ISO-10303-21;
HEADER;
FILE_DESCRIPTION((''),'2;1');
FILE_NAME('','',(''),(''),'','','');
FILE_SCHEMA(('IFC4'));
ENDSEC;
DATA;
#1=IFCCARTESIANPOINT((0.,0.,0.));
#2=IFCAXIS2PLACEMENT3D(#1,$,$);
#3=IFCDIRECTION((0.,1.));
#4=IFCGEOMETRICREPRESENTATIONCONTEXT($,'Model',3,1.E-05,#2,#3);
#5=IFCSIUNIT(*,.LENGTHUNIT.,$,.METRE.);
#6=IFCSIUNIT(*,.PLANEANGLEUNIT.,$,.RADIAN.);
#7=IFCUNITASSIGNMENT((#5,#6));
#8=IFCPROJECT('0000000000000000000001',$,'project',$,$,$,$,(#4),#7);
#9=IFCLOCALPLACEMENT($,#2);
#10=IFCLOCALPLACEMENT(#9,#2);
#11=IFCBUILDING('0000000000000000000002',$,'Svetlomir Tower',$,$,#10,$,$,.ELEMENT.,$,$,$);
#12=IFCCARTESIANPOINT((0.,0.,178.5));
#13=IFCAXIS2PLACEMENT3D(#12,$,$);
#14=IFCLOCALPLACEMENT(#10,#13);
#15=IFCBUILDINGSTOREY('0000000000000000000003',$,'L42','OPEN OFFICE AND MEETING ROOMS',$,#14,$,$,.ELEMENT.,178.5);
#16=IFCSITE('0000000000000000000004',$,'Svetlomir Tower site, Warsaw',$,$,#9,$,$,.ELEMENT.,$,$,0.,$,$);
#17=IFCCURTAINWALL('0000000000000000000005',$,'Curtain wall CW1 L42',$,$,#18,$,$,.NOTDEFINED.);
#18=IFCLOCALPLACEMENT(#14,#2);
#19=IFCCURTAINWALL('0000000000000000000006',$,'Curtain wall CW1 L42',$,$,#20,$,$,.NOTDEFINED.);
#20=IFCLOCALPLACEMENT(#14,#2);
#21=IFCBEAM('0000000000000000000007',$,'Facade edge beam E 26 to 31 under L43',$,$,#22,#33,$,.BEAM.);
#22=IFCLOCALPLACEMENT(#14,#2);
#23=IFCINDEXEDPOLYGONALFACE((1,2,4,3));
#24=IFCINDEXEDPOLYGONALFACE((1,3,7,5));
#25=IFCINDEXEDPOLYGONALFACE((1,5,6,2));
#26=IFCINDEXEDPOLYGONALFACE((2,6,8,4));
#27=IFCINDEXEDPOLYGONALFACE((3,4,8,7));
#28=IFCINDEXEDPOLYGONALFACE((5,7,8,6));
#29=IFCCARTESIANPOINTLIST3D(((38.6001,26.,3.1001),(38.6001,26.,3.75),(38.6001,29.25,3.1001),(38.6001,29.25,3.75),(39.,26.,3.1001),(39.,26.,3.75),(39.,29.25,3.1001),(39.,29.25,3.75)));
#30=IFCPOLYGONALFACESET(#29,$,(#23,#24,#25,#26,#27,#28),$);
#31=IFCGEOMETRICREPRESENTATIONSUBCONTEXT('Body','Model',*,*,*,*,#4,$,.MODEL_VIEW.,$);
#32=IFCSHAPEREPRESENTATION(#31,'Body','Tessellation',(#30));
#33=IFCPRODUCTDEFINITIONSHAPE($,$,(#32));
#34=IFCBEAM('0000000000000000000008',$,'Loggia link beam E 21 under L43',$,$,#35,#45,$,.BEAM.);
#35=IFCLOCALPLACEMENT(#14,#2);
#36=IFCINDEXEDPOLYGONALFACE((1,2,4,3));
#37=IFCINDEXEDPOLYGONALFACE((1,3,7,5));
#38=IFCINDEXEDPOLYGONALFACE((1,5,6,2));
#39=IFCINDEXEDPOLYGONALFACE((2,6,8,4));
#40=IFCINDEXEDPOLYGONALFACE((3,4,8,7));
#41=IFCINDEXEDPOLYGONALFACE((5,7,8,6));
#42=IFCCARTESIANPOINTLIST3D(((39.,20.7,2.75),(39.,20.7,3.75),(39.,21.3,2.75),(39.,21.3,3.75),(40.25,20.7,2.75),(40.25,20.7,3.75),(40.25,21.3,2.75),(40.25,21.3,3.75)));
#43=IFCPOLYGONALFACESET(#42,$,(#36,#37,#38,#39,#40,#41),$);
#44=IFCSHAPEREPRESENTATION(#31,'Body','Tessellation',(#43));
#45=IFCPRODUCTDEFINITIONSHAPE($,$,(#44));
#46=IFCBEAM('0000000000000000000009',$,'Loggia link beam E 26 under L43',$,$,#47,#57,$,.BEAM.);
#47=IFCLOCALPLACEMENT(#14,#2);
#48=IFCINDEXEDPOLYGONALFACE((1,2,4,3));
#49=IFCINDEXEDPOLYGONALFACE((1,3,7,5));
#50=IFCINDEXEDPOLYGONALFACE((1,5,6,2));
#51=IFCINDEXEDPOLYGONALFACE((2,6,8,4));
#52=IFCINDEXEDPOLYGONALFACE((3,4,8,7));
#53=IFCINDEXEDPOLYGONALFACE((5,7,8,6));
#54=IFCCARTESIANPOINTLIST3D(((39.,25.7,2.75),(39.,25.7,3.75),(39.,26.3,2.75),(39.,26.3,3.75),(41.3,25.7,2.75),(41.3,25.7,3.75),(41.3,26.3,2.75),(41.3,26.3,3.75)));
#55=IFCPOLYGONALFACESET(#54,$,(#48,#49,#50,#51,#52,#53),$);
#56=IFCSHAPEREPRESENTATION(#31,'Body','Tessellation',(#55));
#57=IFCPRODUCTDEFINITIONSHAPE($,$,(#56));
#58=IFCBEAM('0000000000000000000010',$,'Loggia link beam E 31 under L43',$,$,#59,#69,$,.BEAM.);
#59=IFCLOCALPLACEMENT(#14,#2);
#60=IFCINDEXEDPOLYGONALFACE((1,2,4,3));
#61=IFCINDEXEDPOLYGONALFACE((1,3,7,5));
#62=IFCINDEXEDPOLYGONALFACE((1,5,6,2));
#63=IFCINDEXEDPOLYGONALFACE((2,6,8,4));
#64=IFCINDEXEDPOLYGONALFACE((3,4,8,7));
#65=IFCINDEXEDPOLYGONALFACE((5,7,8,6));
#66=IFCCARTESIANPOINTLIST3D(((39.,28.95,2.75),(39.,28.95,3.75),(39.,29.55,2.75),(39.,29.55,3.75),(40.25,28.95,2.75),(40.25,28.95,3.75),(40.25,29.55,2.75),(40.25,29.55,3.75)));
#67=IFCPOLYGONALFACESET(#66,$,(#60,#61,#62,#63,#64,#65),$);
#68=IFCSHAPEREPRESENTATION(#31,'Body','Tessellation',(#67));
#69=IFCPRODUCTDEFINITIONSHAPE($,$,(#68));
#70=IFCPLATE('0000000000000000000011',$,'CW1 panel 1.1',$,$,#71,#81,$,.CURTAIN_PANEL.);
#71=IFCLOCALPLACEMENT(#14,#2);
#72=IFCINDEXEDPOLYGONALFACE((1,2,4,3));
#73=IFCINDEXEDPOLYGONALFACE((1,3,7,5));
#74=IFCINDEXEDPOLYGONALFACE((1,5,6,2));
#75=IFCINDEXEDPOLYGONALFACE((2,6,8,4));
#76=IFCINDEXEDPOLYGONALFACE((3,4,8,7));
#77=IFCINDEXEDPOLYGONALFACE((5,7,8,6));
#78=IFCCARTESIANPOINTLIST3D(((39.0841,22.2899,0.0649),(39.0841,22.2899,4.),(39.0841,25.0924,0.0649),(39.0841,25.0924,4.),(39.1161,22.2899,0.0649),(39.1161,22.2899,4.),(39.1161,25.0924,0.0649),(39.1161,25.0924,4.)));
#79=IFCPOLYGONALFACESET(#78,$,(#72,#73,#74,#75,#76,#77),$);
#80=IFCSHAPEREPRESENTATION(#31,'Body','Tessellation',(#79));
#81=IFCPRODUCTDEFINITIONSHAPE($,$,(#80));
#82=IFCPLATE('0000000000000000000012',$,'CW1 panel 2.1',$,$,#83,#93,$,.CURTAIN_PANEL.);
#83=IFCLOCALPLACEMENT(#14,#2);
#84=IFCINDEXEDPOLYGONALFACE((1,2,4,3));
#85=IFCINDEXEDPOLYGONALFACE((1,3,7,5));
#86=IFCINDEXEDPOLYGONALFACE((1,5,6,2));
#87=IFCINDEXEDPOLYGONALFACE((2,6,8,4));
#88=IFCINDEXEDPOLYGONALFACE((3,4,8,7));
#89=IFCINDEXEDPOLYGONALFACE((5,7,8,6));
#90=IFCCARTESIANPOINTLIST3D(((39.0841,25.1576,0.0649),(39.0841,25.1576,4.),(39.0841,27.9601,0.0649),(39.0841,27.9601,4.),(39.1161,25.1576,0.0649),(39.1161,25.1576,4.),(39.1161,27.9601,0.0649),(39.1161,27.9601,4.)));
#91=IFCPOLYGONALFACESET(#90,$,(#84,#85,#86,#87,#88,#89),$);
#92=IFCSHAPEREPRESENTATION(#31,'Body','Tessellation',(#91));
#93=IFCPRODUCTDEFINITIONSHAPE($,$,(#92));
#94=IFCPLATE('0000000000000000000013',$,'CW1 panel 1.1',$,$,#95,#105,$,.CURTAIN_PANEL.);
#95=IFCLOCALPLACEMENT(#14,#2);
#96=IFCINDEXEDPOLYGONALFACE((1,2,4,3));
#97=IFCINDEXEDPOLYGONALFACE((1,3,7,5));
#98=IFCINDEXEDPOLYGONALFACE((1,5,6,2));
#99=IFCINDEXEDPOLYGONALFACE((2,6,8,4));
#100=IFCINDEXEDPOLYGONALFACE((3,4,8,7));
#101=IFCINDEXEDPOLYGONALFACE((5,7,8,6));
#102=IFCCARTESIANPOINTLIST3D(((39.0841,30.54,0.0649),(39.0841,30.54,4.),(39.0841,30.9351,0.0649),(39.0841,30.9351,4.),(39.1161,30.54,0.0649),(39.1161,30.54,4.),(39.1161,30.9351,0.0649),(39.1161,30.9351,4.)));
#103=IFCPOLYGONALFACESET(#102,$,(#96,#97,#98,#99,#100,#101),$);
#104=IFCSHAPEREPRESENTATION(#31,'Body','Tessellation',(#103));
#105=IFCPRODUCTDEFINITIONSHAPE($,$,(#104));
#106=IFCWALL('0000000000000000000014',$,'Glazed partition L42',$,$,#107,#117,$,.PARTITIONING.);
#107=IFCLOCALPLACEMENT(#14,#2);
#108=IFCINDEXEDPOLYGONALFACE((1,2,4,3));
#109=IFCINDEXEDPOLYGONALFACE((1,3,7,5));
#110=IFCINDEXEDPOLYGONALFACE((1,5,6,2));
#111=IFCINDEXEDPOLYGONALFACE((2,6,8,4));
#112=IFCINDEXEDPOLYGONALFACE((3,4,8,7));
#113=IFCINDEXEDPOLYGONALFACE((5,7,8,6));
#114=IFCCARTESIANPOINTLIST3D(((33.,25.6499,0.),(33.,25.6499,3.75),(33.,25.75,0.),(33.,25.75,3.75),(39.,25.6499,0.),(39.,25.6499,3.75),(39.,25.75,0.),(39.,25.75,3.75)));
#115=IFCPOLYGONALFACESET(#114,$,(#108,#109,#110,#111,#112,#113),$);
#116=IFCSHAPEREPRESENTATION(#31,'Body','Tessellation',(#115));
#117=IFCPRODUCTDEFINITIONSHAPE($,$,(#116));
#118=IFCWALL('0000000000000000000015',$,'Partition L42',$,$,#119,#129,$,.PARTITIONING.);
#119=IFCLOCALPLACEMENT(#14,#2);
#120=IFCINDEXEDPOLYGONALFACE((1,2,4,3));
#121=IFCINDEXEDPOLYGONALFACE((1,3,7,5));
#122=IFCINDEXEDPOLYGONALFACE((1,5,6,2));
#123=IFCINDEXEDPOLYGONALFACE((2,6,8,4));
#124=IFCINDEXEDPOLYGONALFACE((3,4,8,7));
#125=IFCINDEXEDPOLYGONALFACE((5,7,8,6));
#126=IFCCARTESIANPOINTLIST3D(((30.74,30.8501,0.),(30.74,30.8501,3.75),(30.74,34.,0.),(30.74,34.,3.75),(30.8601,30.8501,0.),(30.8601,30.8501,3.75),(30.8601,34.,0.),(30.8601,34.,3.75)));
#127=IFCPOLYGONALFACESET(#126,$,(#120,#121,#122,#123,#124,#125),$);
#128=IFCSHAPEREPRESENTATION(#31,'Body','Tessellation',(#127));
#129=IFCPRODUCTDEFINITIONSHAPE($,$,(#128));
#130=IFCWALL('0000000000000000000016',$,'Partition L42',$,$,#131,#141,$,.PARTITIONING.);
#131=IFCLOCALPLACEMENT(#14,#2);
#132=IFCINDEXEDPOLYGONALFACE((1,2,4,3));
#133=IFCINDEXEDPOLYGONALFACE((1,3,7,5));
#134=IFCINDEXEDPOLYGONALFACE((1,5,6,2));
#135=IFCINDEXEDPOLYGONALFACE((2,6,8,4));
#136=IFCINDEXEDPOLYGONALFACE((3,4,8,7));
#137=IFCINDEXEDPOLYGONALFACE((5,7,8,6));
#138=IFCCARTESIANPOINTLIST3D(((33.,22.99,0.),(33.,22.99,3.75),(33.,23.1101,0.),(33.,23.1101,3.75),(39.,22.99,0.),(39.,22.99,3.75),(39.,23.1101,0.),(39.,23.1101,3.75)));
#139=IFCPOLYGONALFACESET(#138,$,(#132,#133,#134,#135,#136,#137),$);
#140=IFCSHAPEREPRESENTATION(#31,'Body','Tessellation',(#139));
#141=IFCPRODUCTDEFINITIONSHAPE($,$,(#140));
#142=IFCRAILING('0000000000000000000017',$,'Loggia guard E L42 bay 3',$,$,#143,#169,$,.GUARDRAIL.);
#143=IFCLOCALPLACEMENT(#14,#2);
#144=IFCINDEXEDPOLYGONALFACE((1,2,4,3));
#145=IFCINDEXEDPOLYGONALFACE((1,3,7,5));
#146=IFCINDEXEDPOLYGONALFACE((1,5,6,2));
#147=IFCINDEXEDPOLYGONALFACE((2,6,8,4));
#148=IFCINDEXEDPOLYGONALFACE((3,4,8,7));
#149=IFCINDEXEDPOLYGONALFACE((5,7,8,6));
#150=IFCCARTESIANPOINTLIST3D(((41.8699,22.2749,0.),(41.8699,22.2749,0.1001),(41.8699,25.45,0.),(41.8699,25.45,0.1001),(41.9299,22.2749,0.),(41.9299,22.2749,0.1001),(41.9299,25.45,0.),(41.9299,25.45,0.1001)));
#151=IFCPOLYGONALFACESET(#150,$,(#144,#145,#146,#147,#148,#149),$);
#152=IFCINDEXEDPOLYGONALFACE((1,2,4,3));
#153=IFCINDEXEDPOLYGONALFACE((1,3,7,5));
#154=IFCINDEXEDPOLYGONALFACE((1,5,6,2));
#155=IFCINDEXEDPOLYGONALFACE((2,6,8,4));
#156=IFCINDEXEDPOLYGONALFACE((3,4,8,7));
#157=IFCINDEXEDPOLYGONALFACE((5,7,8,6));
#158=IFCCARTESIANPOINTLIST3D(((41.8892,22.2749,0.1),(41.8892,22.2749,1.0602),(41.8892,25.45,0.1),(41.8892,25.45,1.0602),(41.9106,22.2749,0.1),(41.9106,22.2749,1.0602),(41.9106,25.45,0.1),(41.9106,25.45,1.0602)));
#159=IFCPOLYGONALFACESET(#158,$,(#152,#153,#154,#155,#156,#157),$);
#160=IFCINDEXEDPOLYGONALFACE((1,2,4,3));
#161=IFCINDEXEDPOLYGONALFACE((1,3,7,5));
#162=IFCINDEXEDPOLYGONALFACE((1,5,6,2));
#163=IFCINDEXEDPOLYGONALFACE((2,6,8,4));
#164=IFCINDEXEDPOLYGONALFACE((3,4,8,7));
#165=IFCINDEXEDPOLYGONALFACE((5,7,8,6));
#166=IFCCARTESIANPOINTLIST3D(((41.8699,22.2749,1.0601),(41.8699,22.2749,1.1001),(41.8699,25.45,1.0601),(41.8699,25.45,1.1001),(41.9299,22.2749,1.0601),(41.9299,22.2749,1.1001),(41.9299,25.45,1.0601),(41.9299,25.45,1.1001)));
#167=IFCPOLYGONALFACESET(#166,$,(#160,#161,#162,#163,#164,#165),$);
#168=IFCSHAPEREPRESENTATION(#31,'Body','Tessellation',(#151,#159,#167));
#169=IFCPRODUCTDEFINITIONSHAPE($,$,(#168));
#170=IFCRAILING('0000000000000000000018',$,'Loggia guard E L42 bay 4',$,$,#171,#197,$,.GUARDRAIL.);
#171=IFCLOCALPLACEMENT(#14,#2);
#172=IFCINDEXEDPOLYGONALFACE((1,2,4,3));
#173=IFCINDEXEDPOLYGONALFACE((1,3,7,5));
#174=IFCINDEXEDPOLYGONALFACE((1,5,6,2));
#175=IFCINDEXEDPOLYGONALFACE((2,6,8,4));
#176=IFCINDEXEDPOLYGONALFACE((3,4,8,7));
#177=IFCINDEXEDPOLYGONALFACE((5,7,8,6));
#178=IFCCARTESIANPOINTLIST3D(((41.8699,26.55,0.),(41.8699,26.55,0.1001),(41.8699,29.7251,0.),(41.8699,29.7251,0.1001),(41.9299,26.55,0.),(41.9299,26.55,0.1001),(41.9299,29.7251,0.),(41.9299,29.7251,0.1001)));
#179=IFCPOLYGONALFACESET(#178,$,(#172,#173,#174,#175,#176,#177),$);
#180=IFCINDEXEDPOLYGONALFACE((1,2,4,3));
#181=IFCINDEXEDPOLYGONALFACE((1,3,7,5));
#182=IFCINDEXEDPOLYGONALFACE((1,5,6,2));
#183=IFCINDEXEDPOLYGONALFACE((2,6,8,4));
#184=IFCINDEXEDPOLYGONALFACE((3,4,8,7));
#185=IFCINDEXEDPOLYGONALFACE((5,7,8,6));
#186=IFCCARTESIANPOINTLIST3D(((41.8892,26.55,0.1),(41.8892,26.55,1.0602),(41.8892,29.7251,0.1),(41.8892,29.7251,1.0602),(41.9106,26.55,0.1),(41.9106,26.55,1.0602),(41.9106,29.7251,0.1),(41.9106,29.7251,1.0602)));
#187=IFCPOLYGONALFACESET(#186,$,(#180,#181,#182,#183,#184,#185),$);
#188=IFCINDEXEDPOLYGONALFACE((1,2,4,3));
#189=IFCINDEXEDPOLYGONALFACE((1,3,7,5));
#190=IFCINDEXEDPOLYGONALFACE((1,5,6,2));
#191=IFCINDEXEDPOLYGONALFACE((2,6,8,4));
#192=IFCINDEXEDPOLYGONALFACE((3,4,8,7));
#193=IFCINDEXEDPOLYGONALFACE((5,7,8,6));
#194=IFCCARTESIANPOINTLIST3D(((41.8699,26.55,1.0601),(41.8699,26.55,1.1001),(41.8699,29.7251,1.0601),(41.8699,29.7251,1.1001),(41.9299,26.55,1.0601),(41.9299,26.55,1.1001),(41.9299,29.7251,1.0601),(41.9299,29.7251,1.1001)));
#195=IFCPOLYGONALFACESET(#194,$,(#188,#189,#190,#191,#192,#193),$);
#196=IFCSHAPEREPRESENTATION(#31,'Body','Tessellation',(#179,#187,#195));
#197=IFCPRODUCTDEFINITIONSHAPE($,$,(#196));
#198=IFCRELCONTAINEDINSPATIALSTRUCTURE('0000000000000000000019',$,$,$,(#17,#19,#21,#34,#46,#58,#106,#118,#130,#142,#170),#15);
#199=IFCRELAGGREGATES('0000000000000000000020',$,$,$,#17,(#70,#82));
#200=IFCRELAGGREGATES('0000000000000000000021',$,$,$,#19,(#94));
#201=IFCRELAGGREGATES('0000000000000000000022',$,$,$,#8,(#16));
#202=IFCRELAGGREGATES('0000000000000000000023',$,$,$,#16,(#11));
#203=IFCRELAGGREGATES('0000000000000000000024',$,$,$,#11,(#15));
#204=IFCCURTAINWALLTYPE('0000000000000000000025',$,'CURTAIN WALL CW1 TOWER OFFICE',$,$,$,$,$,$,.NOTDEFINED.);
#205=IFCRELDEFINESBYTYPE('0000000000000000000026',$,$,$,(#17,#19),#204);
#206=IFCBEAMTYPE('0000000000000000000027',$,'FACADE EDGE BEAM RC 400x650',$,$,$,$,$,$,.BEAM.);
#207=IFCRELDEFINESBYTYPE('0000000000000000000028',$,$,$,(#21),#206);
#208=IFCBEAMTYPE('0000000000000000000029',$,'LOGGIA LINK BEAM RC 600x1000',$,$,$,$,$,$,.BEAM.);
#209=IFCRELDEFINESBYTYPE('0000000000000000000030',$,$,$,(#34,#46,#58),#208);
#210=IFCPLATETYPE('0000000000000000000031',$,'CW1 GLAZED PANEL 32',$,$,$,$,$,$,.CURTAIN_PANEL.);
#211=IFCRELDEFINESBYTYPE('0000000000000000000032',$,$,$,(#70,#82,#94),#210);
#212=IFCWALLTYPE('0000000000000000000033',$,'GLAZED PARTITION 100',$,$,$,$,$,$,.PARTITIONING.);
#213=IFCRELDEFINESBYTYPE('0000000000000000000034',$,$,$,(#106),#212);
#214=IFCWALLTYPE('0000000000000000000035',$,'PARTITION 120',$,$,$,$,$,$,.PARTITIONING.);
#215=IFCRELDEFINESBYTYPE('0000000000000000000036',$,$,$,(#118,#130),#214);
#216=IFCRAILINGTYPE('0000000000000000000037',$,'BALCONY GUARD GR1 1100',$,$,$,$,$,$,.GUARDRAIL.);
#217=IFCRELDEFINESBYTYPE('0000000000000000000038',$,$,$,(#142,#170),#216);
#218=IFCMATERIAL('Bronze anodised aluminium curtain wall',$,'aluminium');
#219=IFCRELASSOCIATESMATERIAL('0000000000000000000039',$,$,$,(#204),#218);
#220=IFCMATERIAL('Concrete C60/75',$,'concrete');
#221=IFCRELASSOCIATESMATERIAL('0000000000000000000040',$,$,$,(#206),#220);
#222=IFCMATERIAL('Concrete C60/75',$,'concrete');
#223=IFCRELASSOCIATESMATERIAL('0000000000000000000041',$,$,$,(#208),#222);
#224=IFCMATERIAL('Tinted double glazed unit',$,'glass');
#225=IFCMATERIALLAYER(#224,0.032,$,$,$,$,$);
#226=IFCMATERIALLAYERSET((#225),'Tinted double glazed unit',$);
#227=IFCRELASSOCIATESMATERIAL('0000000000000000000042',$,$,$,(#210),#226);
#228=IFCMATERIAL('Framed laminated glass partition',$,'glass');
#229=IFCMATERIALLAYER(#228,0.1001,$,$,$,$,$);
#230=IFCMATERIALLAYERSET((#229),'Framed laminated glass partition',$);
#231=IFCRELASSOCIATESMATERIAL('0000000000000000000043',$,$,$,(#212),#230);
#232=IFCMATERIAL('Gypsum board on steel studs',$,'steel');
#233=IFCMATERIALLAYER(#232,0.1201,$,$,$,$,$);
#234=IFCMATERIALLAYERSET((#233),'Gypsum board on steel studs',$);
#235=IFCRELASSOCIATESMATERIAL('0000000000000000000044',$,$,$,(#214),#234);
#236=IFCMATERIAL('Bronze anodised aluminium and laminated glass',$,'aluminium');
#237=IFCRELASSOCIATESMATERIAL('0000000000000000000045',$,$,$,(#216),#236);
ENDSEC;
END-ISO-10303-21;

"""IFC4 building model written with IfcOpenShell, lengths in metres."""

from ifc_helpers import new_model, si_unit, direction, frame, frame_2d, origin, origin_2d, place, context, subcontext, project, spatial, rectangle, extrude, material, layer, layer_set, material_profile, profile_set, type_object, element, aggregate, save


model = new_model("IFC4")

# Units and contexts
model_context = context("Model", 3, precision=1e-05, world=origin(), true_north=direction((0.0, 1.0)))
body_context = subcontext(model_context, "Body", "Model", "MODEL_VIEW")
ifc_project = project(units=[si_unit("LENGTHUNIT", "METRE"), si_unit("PLANEANGLEUNIT", "RADIAN")], contexts=[model_context])

# Site, building, storey
site_placement = place(None, origin())
site = spatial("IfcSite", under=ifc_project, at=site_placement, Name="Svetlomir Tower site, Warsaw", CompositionType="ELEMENT", RefElevation=0.0)
building_placement = place(site_placement, origin())
building = spatial("IfcBuilding", under=site, at=building_placement, Name="Svetlomir Tower", CompositionType="ELEMENT")
storey_placement = place(building_placement, frame((0.0, 0.0, 178.5)))
storey = spatial("IfcBuildingStorey", under=building, at=storey_placement, Name="L42", Description="OPEN OFFICE AND MEETING ROOMS", CompositionType="ELEMENT", Elevation=178.5)

# Curtain walls
ifc_material_1 = material(Name="Bronze anodised aluminium curtain wall", Category="aluminium")
curtain_wall_type = type_object("IfcCurtainWallType", Name="CURTAIN WALL CW1 TOWER OFFICE", PredefinedType="NOTDEFINED", material=ifc_material_1)
curtain_wall_1_placement = place(storey_placement, origin())
curtain_wall_1 = element("IfcCurtainWall", 1, at=curtain_wall_1_placement, inside=storey, type_object=curtain_wall_type, Name="Curtain wall CW1 L42", PredefinedType="NOTDEFINED")
curtain_wall_2_placement = place(storey_placement, origin())
curtain_wall_2 = element("IfcCurtainWall", 2, at=curtain_wall_2_placement, inside=storey, type_object=curtain_wall_type, Name="Curtain wall CW1 L42", PredefinedType="NOTDEFINED")

# Beams
ifc_material_2 = material(Name="Concrete C60/75", Category="concrete")
ifc_material_profile_1 = material_profile(ifc_material_2, rectangle(XDim=0.3999, YDim=0.6499, at=origin_2d()), Name="RC 400x650")
ifc_profile_set_1 = profile_set([ifc_material_profile_1], Name="Concrete C60/75")
beam_type_1 = type_object("IfcBeamType", Name="FACADE EDGE BEAM RC 400x650", PredefinedType="BEAM", material=ifc_profile_set_1)
beam_1_placement = place(storey_placement, frame((38.8, 26.0, 3.425), z_axis=(0.0, 1.0, 0.0), x_axis=(-1.0, 0.0, 0.0)))
element("IfcBeam", 3, at=beam_1_placement, inside=storey, type_object=beam_type_1, Name="Facade edge beam E 26 to 31 under L43", PredefinedType="BEAM", context=body_context, shape_type="SweptSolid", body=[
    extrude(rectangle(XDim=0.3999, YDim=0.6499, at=origin_2d()), origin(), (0.0, 0.0, 1.0), 3.25),
])
ifc_material_3 = material(Name="Concrete C60/75", Category="concrete")
ifc_material_profile_2 = material_profile(ifc_material_3, rectangle(XDim=0.6001, YDim=1.0, at=origin_2d()), Name="RC 600x1000")
ifc_profile_set_2 = profile_set([ifc_material_profile_2], Name="Concrete C60/75")
beam_type_2 = type_object("IfcBeamType", Name="LOGGIA LINK BEAM RC 600x1000", PredefinedType="BEAM", material=ifc_profile_set_2)
beam_2_placement = place(storey_placement, frame((40.25, 21.0, 3.25), z_axis=(-1.0, 0.0, 0.0), x_axis=(0.0, -1.0, 0.0)))
element("IfcBeam", 4, at=beam_2_placement, inside=storey, type_object=beam_type_2, Name="Loggia link beam E 21 under L43", PredefinedType="BEAM", context=body_context, shape_type="SweptSolid", body=[
    extrude(rectangle(XDim=0.6001, YDim=1.0, at=origin_2d()), origin(), (0.0, 0.0, 1.0), 1.25),
])
beam_3_placement = place(storey_placement, frame((41.3, 26.0, 3.25), z_axis=(-1.0, 0.0, 0.0), x_axis=(0.0, -1.0, 0.0)))
element("IfcBeam", 5, at=beam_3_placement, inside=storey, type_object=beam_type_2, Name="Loggia link beam E 26 under L43", PredefinedType="BEAM", context=body_context, shape_type="SweptSolid", body=[
    extrude(rectangle(XDim=0.6001, YDim=1.0, at=origin_2d()), origin(), (0.0, 0.0, 1.0), 2.3),
])
beam_4_placement = place(storey_placement, frame((40.25, 29.25, 3.25), z_axis=(-1.0, 0.0, 0.0), x_axis=(0.0, -1.0, 0.0)))
element("IfcBeam", 6, at=beam_4_placement, inside=storey, type_object=beam_type_2, Name="Loggia link beam E 31 under L43", PredefinedType="BEAM", context=body_context, shape_type="SweptSolid", body=[
    extrude(rectangle(XDim=0.6001, YDim=1.0, at=origin_2d()), origin(), (0.0, 0.0, 1.0), 1.25),
])

# Plates
ifc_material_4 = material(Name="Tinted double glazed unit", Category="glass")
ifc_layer_1 = layer(ifc_material_4, 0.032)
ifc_layer_set_1 = layer_set([ifc_layer_1], Name="Tinted double glazed unit")
plate_type = type_object("IfcPlateType", Name="CW1 GLAZED PANEL 32", PredefinedType="CURTAIN_PANEL", material=ifc_layer_set_1)
plate_1_placement = place(storey_placement, frame((39.1001, 23.6912, 0.0649), z_axis=(0.0, 0.0, 1.0), x_axis=(0.0, 1.0, 0.0)))
plate_1 = element("IfcPlate", 7, at=plate_1_placement, type_object=plate_type, Name="CW1 panel 1.1", PredefinedType="CURTAIN_PANEL", context=body_context, shape_type="SweptSolid", body=[
    extrude(rectangle(XDim=2.8025, YDim=0.032, at=origin_2d()), origin(), (0.0, 0.0, 1.0), 3.9351),
])
plate_2_placement = place(storey_placement, frame((39.1001, 26.5588, 0.0649), z_axis=(0.0, 0.0, 1.0), x_axis=(0.0, 1.0, 0.0)))
plate_2 = element("IfcPlate", 8, at=plate_2_placement, type_object=plate_type, Name="CW1 panel 2.1", PredefinedType="CURTAIN_PANEL", context=body_context, shape_type="SweptSolid", body=[
    extrude(rectangle(XDim=2.8025, YDim=0.032, at=origin_2d()), origin(), (0.0, 0.0, 1.0), 3.9351),
])
aggregate(curtain_wall_1, [plate_1, plate_2])
plate_3_placement = place(storey_placement, frame((39.1001, 30.7375, 0.0649), z_axis=(0.0, 0.0, 1.0), x_axis=(0.0, 1.0, 0.0)))
plate_3 = element("IfcPlate", 9, at=plate_3_placement, type_object=plate_type, Name="CW1 panel 1.1", PredefinedType="CURTAIN_PANEL", context=body_context, shape_type="SweptSolid", body=[
    extrude(rectangle(XDim=0.395, YDim=0.032, at=origin_2d()), origin(), (0.0, 0.0, 1.0), 3.9351),
])
aggregate(curtain_wall_2, [plate_3])

# Shared definitions
ifc_material_5 = material(Name="Framed laminated glass partition", Category="glass")
ifc_layer_2 = layer(ifc_material_5, 0.1001)
ifc_layer_set_2 = layer_set([ifc_layer_2], Name="Framed laminated glass partition")
wall_type_1 = type_object("IfcWallType", Name="GLAZED PARTITION 100", PredefinedType="PARTITIONING", material=ifc_layer_set_2)

# Walls
wall_1_placement = place(storey_placement, frame((33.0, 25.7, 0.0), z_axis=(0.0, 0.0, 1.0), x_axis=(1.0, 0.0, 0.0)))
element("IfcWall", 10, at=wall_1_placement, inside=storey, type_object=wall_type_1, Name="Glazed partition L42", PredefinedType="PARTITIONING", context=body_context, shape_type="SweptSolid", body=[
    extrude(rectangle(XDim=6.0, YDim=0.1001, at=frame_2d((3.0, 0.0))), origin(), (0.0, 0.0, 1.0), 3.75),
])
ifc_material_6 = material(Name="Gypsum board on steel studs", Category="steel")
ifc_layer_3 = layer(ifc_material_6, 0.1201)
ifc_layer_set_3 = layer_set([ifc_layer_3], Name="Gypsum board on steel studs")
wall_type_2 = type_object("IfcWallType", Name="PARTITION 120", PredefinedType="PARTITIONING", material=ifc_layer_set_3)
wall_2_placement = place(storey_placement, frame((30.8, 30.8501, 0.0), z_axis=(0.0, 0.0, 1.0), x_axis=(0.0, 1.0, 0.0)))
element("IfcWall", 11, at=wall_2_placement, inside=storey, type_object=wall_type_2, Name="Partition L42", PredefinedType="PARTITIONING", context=body_context, shape_type="SweptSolid", body=[
    extrude(rectangle(XDim=3.1499, YDim=0.1201, at=frame_2d((1.575, 0.0))), origin(), (0.0, 0.0, 1.0), 3.75),
])
wall_3_placement = place(storey_placement, frame((33.0, 23.05, 0.0), z_axis=(0.0, 0.0, 1.0), x_axis=(1.0, 0.0, 0.0)))
element("IfcWall", 12, at=wall_3_placement, inside=storey, type_object=wall_type_2, Name="Partition L42", PredefinedType="PARTITIONING", context=body_context, shape_type="SweptSolid", body=[
    extrude(rectangle(XDim=6.0, YDim=0.1201, at=frame_2d((3.0, 0.0))), origin(), (0.0, 0.0, 1.0), 3.75),
])

# Railings
ifc_material_7 = material(Name="Bronze anodised aluminium and laminated glass", Category="aluminium")
railing_type_1 = type_object("IfcRailingType", Name="BALCONY GUARD GR1 1100", PredefinedType="GUARDRAIL", material=ifc_material_7)
for number, where, name in (
    (13, (41.8999, 22.2749, 0.0), "Loggia guard E L42 bay 3"),
    (14, (41.8999, 26.55, 0.0), "Loggia guard E L42 bay 4"),
):
    element("IfcRailing", number, at=place(storey_placement, frame(where)), inside=storey, type_object=railing_type_1, Name=name, PredefinedType="GUARDRAIL", context=body_context, shape_type="SweptSolid", body=[
        extrude(rectangle(XDim=0.0601, YDim=0.1001, at=origin_2d()), frame((0.0, 0.0, 0.05), z_axis=(0.0, 1.0, 0.0), x_axis=(-1.0, 0.0, 0.0)), (0.0, 0.0, 1.0), 3.175),
        extrude(rectangle(XDim=0.0215, YDim=0.9602, at=origin_2d()), frame((0.0, 0.0, 0.5801), z_axis=(0.0, 1.0, 0.0), x_axis=(-1.0, 0.0, 0.0)), (0.0, 0.0, 1.0), 3.175),
        extrude(rectangle(XDim=0.0601, YDim=0.04, at=origin_2d()), frame((0.0, 0.0, 1.0801), z_axis=(0.0, 1.0, 0.0), x_axis=(-1.0, 0.0, 0.0)), (0.0, 0.0, 1.0), 3.175),
    ])

save(model, "model.ifc")
